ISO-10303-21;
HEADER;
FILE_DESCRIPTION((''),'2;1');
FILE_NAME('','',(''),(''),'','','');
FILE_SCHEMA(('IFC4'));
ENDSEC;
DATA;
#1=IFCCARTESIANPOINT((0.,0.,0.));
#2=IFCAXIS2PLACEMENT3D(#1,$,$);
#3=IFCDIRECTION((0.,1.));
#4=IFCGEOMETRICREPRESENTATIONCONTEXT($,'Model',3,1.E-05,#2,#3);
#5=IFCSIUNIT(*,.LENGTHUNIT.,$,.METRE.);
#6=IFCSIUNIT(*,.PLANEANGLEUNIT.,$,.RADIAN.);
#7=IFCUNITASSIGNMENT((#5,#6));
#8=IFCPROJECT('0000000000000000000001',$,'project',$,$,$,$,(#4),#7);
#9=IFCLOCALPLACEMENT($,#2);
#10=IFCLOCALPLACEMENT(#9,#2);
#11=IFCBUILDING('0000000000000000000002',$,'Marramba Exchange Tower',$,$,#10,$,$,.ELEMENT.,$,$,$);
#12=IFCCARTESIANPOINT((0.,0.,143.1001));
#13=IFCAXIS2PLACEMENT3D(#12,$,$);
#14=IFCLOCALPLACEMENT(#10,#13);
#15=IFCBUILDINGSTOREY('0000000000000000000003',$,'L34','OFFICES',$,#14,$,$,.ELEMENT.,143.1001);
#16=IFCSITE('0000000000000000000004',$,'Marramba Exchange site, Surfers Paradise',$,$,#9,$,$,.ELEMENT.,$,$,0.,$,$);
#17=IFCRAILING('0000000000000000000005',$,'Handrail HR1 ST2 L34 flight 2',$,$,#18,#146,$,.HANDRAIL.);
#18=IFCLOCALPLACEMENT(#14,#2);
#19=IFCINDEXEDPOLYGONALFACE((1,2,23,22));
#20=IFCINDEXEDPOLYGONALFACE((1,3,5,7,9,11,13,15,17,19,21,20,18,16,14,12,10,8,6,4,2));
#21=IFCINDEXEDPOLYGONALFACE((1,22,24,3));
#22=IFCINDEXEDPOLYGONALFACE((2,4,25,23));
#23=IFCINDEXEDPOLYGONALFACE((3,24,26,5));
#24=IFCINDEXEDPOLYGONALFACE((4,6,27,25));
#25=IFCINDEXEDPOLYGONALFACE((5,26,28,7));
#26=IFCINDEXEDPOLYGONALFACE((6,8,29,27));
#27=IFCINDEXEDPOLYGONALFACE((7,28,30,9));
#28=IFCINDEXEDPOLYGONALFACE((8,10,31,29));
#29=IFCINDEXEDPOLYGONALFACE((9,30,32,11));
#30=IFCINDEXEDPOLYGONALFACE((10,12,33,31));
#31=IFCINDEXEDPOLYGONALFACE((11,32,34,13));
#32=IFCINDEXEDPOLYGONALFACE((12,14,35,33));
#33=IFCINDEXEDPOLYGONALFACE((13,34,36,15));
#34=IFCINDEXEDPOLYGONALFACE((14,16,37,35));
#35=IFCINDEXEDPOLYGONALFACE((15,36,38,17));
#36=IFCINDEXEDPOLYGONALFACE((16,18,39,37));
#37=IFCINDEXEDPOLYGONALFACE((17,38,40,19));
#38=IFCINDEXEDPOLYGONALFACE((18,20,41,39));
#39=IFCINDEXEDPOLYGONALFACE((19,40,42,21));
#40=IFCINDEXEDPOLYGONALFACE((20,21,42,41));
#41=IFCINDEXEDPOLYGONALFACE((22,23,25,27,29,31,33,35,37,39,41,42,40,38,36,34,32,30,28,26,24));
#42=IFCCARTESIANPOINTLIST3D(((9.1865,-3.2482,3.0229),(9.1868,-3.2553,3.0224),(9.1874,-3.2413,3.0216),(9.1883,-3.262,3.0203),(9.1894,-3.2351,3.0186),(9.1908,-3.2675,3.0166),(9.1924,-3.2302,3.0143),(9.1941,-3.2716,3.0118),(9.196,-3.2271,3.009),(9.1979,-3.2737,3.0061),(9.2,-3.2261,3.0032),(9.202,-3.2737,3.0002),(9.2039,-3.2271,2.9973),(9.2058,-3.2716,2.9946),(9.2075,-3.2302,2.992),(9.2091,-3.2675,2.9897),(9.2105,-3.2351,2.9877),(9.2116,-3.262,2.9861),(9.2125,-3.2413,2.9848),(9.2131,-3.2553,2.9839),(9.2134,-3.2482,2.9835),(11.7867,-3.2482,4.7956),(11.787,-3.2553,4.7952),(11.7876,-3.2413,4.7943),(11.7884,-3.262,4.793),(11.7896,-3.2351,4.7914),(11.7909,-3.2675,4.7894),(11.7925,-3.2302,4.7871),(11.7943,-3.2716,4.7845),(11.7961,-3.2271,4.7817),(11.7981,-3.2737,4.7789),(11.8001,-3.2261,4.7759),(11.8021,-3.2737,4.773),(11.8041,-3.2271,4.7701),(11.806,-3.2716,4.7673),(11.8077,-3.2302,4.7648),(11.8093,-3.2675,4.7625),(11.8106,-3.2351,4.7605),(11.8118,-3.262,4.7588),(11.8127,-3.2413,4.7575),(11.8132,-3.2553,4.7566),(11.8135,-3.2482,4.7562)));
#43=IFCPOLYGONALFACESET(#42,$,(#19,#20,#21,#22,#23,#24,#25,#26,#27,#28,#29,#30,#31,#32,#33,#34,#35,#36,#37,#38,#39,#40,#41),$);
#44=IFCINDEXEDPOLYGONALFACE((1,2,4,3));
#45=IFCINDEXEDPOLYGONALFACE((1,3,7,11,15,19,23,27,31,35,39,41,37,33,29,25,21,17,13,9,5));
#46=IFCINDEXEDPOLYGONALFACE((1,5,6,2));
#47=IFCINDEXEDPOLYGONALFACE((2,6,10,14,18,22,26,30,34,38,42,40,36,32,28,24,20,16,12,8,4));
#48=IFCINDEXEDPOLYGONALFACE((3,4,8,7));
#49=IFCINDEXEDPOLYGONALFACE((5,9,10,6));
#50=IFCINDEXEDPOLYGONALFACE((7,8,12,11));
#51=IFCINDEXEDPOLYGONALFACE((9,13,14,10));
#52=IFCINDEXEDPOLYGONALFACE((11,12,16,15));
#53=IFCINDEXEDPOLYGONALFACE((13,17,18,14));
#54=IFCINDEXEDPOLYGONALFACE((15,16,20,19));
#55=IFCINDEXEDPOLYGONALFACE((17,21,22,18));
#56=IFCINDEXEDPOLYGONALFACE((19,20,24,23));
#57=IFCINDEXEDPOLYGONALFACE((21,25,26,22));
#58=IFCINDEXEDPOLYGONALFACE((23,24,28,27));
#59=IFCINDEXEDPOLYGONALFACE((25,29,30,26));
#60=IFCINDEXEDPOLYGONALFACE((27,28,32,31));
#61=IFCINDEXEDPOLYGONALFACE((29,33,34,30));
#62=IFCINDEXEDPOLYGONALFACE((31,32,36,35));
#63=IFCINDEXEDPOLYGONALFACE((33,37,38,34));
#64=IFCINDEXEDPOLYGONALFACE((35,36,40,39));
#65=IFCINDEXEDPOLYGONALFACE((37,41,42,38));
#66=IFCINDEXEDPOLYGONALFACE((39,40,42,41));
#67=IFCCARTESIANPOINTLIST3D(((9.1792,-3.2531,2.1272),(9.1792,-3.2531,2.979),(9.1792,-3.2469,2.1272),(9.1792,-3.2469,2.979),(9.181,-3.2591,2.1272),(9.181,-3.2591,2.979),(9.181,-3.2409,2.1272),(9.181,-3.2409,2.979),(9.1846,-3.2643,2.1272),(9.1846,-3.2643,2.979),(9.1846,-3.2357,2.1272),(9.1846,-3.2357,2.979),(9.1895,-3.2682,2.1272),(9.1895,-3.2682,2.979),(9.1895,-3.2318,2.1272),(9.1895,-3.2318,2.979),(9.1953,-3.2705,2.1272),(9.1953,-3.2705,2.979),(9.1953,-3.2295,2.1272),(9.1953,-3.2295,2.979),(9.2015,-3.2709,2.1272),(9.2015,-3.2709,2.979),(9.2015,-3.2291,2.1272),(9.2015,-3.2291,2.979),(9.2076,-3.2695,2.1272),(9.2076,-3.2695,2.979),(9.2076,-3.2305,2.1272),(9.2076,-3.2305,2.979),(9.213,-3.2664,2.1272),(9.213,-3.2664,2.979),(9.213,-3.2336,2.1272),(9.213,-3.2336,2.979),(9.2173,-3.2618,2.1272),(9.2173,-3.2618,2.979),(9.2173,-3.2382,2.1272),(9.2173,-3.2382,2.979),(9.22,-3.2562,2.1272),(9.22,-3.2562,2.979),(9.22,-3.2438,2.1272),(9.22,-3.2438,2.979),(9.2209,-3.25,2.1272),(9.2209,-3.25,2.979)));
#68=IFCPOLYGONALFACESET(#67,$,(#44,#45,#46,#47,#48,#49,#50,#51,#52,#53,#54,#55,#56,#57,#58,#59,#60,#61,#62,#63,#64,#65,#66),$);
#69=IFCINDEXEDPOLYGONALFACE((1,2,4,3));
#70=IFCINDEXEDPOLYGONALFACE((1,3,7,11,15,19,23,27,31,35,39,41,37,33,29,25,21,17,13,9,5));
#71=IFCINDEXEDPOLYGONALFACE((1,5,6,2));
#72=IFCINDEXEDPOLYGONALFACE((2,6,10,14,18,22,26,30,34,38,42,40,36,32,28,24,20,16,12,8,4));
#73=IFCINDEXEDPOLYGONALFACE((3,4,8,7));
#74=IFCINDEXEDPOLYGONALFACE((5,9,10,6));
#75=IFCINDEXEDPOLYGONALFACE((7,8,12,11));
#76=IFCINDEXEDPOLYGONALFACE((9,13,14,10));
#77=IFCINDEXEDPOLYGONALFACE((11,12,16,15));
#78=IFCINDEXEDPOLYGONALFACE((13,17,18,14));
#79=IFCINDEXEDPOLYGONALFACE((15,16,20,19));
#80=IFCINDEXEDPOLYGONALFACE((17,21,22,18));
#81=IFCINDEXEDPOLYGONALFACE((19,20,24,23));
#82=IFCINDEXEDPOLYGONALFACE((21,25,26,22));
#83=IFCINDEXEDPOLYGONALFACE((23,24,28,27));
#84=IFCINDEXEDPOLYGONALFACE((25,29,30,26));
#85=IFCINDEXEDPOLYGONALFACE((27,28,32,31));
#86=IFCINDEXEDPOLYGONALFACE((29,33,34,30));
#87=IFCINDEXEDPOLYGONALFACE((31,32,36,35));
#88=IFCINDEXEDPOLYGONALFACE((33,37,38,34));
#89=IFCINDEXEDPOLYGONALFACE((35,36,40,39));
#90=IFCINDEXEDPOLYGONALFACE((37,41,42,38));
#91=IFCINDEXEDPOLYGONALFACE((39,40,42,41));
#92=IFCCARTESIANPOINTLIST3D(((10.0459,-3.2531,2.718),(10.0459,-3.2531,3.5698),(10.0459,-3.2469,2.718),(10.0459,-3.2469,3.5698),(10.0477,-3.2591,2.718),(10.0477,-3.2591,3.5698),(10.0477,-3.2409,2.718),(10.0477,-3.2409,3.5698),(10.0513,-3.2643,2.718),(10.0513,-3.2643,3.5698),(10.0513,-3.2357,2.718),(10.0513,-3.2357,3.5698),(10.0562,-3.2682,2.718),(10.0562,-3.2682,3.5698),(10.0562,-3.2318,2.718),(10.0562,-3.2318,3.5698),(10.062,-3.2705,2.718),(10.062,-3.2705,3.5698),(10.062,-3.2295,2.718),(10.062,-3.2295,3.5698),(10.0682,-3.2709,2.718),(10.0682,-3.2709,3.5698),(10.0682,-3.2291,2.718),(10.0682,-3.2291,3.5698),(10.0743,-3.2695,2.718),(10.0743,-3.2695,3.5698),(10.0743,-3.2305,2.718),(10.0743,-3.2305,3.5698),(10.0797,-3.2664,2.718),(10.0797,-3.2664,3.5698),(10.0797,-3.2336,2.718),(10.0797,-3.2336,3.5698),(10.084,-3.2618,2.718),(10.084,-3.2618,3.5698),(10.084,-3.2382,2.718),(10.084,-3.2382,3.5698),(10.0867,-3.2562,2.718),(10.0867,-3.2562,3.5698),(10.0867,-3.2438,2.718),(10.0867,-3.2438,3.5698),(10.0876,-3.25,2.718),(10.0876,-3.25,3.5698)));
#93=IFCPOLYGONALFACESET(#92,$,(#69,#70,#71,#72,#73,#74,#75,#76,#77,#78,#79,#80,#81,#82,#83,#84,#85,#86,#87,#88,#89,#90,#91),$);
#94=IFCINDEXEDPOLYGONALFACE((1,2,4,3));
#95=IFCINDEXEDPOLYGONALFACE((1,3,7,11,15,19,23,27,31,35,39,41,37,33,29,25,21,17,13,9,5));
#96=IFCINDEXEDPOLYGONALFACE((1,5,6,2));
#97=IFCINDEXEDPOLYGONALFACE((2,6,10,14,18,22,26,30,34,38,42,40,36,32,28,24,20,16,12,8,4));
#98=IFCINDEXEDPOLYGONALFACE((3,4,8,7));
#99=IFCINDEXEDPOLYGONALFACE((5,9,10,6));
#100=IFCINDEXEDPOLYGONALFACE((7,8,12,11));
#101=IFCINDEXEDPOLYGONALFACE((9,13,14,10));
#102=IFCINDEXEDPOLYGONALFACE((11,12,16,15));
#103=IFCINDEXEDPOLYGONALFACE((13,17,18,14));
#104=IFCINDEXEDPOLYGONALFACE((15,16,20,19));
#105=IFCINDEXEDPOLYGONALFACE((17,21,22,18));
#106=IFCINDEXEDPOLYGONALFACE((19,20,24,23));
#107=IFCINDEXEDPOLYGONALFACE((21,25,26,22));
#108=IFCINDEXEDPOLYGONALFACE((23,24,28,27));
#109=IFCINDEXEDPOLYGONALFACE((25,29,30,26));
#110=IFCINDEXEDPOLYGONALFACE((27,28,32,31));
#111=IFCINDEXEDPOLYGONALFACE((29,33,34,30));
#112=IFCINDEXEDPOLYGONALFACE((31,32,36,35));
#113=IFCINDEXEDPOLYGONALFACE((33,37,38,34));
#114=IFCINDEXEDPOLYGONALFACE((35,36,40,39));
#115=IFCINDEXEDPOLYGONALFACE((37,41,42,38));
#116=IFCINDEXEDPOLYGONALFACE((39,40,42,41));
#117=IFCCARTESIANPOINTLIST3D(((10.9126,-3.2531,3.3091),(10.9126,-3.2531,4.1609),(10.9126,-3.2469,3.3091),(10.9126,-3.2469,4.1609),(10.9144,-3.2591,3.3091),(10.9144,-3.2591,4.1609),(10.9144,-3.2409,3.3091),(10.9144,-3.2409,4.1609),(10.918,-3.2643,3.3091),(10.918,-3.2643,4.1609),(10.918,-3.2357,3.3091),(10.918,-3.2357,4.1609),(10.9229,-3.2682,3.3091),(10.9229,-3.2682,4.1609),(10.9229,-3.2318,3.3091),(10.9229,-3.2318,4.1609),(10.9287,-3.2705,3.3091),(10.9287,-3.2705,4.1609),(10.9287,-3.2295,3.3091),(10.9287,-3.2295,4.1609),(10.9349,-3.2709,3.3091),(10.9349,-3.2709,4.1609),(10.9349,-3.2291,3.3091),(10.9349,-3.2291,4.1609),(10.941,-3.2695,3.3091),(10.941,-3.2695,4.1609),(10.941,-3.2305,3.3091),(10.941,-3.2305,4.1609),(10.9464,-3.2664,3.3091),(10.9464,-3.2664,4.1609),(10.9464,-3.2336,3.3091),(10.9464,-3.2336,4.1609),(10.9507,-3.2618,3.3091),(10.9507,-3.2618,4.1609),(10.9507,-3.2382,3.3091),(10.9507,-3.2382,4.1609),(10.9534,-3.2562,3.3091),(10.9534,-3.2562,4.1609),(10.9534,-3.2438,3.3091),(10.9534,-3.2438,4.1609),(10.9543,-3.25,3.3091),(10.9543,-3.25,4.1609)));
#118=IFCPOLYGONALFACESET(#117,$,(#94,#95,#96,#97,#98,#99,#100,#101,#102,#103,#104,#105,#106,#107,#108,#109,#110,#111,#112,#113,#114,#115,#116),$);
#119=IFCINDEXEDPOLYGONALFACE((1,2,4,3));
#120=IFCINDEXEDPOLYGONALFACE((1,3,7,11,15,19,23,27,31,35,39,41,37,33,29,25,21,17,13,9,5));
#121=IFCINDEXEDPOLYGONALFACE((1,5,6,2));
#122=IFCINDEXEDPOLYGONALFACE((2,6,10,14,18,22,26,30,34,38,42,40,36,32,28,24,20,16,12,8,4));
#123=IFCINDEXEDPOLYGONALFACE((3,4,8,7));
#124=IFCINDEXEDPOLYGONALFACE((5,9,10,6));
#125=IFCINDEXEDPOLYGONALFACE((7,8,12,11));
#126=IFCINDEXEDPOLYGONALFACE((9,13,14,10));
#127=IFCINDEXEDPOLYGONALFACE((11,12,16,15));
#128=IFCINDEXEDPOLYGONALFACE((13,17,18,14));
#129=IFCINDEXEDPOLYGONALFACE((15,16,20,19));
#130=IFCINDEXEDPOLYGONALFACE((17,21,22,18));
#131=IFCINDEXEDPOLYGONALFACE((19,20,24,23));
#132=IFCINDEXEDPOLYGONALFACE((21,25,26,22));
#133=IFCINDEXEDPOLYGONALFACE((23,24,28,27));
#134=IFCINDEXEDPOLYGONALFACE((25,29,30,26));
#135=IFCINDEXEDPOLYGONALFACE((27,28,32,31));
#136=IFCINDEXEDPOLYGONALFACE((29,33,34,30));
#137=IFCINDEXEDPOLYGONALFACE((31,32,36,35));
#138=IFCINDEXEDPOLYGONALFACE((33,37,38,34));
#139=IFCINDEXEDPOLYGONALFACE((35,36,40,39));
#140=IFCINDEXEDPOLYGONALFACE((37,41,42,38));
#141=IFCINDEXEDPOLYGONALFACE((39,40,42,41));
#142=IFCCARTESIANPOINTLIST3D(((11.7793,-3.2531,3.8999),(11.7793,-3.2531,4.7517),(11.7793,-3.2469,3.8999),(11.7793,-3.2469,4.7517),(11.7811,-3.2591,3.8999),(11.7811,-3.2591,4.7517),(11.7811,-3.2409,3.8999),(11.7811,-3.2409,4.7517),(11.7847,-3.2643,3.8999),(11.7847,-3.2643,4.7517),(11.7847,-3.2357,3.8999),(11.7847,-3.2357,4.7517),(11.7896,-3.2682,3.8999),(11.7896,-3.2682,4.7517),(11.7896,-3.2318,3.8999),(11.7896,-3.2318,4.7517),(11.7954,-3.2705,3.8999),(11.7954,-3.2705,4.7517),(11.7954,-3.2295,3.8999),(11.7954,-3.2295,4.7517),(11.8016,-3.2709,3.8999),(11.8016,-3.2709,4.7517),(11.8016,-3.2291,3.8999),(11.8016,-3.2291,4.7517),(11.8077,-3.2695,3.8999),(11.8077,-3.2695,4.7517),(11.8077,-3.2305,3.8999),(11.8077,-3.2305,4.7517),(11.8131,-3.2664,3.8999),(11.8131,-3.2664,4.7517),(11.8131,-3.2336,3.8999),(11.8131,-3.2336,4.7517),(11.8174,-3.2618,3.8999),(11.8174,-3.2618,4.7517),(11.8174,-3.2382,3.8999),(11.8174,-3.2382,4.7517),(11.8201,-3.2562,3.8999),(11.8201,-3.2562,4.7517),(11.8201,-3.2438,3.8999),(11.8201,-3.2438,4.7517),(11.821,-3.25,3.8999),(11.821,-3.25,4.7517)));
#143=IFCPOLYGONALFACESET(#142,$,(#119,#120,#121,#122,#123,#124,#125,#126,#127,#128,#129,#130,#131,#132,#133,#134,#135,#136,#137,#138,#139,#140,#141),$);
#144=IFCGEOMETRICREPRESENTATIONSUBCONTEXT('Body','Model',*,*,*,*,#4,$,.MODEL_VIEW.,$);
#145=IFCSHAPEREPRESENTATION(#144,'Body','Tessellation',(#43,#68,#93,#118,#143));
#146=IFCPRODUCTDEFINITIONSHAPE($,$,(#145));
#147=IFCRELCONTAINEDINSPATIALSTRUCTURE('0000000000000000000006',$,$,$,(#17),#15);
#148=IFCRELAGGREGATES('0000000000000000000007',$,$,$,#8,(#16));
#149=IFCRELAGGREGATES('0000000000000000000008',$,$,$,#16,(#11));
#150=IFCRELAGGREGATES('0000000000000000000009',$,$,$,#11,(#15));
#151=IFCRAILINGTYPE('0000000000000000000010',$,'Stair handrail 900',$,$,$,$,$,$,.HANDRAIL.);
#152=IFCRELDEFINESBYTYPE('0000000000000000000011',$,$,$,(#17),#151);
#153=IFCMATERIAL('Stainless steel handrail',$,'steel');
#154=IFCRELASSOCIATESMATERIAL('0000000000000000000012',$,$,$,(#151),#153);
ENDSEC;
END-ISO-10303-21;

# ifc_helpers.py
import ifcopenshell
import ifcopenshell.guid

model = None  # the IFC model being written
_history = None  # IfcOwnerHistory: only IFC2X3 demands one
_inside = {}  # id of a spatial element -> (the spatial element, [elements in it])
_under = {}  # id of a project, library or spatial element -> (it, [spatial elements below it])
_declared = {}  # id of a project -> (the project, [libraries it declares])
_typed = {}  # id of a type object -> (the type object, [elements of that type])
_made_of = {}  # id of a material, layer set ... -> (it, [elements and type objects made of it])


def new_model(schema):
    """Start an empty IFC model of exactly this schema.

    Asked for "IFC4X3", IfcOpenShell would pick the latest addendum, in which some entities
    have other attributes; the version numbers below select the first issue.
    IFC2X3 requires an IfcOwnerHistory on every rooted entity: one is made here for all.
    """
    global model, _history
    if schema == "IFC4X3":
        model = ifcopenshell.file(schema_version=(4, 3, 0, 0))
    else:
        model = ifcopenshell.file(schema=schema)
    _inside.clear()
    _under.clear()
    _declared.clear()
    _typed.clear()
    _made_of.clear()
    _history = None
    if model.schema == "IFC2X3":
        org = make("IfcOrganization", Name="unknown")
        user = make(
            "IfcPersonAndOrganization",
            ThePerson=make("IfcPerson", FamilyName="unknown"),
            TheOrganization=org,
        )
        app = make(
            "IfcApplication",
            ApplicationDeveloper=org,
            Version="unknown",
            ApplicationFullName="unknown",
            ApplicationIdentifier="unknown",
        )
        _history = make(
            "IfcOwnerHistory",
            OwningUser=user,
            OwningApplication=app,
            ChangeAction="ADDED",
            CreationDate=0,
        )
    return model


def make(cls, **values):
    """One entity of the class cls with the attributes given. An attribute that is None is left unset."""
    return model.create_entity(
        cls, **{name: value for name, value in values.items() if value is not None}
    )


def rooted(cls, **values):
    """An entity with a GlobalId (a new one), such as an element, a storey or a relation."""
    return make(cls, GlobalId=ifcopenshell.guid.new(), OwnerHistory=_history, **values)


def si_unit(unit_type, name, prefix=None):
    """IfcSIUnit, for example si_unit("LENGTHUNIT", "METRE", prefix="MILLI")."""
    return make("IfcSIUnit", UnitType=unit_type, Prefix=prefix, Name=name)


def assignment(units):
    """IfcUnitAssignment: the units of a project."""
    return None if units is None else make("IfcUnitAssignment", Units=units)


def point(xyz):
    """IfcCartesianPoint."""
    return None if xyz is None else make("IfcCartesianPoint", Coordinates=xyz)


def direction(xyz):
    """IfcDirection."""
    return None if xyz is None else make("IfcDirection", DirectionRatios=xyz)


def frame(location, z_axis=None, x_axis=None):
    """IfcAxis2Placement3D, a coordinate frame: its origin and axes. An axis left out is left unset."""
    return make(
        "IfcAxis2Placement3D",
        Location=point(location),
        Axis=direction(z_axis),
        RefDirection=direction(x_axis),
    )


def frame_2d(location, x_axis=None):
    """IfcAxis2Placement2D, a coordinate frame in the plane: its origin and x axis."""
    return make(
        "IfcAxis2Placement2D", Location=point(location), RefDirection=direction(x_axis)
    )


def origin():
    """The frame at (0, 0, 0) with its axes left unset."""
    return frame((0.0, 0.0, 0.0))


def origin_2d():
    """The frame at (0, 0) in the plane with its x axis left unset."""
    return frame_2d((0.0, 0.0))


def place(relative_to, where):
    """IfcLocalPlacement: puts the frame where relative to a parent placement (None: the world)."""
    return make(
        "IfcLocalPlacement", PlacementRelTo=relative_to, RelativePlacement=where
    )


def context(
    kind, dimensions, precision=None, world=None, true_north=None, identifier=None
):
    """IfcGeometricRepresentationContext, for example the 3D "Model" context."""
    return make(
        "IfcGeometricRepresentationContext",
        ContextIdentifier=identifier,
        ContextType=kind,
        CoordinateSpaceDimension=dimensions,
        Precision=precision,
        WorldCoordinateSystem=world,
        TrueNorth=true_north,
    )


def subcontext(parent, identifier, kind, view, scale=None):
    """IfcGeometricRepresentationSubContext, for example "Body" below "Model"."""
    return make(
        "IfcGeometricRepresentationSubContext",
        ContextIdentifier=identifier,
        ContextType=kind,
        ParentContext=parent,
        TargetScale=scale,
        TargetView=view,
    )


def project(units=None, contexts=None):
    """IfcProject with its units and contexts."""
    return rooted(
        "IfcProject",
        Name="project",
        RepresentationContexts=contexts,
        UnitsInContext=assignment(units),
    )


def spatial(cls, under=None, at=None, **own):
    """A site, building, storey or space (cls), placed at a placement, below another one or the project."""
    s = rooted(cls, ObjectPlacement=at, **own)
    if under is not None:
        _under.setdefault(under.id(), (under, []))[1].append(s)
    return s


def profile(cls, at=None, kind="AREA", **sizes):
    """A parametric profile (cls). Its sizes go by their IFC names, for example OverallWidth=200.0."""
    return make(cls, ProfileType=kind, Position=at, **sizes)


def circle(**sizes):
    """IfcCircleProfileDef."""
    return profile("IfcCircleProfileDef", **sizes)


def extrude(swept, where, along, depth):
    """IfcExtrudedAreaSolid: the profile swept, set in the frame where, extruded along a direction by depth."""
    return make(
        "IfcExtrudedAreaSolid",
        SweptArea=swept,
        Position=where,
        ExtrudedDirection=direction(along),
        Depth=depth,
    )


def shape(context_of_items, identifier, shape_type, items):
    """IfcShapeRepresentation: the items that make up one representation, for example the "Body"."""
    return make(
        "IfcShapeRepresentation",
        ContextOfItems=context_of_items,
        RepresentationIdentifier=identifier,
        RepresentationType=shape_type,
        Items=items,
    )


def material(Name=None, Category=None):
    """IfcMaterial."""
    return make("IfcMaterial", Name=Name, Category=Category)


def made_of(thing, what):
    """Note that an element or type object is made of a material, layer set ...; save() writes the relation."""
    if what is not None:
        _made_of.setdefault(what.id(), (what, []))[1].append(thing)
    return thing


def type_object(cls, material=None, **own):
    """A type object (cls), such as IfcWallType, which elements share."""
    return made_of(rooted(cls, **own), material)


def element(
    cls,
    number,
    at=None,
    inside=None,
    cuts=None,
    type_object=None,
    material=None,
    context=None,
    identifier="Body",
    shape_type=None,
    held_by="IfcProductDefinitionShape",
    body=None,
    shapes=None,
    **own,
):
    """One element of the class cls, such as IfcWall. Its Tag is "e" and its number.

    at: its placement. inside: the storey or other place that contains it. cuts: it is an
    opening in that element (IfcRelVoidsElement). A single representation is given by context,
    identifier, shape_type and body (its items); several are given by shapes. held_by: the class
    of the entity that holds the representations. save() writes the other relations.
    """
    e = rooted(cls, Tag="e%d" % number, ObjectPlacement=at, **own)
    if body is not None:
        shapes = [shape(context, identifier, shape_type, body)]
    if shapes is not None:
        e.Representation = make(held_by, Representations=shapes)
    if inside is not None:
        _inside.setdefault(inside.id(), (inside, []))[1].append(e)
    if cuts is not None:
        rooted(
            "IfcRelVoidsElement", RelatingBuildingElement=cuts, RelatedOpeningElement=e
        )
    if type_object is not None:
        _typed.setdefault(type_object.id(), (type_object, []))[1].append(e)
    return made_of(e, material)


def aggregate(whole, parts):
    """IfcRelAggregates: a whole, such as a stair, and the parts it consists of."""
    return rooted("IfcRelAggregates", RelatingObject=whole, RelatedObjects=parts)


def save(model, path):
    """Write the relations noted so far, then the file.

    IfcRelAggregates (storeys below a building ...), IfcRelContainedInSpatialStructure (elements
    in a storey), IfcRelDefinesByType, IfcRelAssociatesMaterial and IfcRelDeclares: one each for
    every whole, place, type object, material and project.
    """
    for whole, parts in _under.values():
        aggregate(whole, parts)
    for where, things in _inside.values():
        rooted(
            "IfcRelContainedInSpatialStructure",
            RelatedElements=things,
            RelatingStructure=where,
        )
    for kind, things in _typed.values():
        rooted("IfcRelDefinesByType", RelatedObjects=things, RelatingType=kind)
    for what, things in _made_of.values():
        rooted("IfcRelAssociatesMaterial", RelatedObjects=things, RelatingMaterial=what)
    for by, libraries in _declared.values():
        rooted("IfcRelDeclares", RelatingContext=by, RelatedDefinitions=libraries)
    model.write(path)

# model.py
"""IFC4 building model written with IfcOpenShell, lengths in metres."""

from ifc_helpers import new_model, si_unit, direction, frame, origin, origin_2d, place, context, subcontext, project, spatial, circle, extrude, material, type_object, element, save


model = new_model("IFC4")

# Units and contexts
model_context = context("Model", 3, precision=1e-05, world=origin(), true_north=direction((0.0, 1.0)))
body_context = subcontext(model_context, "Body", "Model", "MODEL_VIEW")
ifc_project = project(units=[si_unit("LENGTHUNIT", "METRE"), si_unit("PLANEANGLEUNIT", "RADIAN")], contexts=[model_context])

# Site, building, storey
site_placement = place(None, origin())
site = spatial("IfcSite", under=ifc_project, at=site_placement, Name="Marramba Exchange site, Surfers Paradise", CompositionType="ELEMENT", RefElevation=0.0)
building_placement = place(site_placement, origin())
building = spatial("IfcBuilding", under=site, at=building_placement, Name="Marramba Exchange Tower", CompositionType="ELEMENT")
storey_placement = place(building_placement, frame((0.0, 0.0, 143.1001)))
storey = spatial("IfcBuildingStorey", under=building, at=storey_placement, Name="L34", Description="OFFICES", CompositionType="ELEMENT", Elevation=143.1001)

# Railing
ifc_material_1 = material(Name="Stainless steel handrail", Category="steel")
railing_type = type_object("IfcRailingType", Name="Stair handrail 900", PredefinedType="HANDRAIL", material=ifc_material_1)
railing_placement = place(storey_placement, frame((9.2, -3.25, 2.1272)))
element("IfcRailing", 1, at=railing_placement, inside=storey, type_object=railing_type, Name="Handrail HR1 ST2 L34 flight 2", PredefinedType="HANDRAIL", context=body_context, shape_type="SweptSolid", body=[
    extrude(circle(Radius=0.0239, at=origin_2d()), frame((0.0, 0.0, 0.876), z_axis=(0.82624, 0.0, 0.563318), x_axis=(0.0, 1.0, 0.0)), (0.0, 0.0, 1.0), 3.147),
    extrude(circle(Radius=0.021, at=origin_2d()), origin(), (0.0, 0.0, 1.0), 0.8518),
    extrude(circle(Radius=0.021, at=origin_2d()), frame((0.8667, 0.0, 0.5908)), (0.0, 0.0, 1.0), 0.8518),
    extrude(circle(Radius=0.021, at=origin_2d()), frame((1.7334, 0.0, 1.1819)), (0.0, 0.0, 1.0), 0.8518),
    extrude(circle(Radius=0.021, at=origin_2d()), frame((2.6001, 0.0, 1.7727)), (0.0, 0.0, 1.0), 0.8518),
])

save(model, "model.ifc")
